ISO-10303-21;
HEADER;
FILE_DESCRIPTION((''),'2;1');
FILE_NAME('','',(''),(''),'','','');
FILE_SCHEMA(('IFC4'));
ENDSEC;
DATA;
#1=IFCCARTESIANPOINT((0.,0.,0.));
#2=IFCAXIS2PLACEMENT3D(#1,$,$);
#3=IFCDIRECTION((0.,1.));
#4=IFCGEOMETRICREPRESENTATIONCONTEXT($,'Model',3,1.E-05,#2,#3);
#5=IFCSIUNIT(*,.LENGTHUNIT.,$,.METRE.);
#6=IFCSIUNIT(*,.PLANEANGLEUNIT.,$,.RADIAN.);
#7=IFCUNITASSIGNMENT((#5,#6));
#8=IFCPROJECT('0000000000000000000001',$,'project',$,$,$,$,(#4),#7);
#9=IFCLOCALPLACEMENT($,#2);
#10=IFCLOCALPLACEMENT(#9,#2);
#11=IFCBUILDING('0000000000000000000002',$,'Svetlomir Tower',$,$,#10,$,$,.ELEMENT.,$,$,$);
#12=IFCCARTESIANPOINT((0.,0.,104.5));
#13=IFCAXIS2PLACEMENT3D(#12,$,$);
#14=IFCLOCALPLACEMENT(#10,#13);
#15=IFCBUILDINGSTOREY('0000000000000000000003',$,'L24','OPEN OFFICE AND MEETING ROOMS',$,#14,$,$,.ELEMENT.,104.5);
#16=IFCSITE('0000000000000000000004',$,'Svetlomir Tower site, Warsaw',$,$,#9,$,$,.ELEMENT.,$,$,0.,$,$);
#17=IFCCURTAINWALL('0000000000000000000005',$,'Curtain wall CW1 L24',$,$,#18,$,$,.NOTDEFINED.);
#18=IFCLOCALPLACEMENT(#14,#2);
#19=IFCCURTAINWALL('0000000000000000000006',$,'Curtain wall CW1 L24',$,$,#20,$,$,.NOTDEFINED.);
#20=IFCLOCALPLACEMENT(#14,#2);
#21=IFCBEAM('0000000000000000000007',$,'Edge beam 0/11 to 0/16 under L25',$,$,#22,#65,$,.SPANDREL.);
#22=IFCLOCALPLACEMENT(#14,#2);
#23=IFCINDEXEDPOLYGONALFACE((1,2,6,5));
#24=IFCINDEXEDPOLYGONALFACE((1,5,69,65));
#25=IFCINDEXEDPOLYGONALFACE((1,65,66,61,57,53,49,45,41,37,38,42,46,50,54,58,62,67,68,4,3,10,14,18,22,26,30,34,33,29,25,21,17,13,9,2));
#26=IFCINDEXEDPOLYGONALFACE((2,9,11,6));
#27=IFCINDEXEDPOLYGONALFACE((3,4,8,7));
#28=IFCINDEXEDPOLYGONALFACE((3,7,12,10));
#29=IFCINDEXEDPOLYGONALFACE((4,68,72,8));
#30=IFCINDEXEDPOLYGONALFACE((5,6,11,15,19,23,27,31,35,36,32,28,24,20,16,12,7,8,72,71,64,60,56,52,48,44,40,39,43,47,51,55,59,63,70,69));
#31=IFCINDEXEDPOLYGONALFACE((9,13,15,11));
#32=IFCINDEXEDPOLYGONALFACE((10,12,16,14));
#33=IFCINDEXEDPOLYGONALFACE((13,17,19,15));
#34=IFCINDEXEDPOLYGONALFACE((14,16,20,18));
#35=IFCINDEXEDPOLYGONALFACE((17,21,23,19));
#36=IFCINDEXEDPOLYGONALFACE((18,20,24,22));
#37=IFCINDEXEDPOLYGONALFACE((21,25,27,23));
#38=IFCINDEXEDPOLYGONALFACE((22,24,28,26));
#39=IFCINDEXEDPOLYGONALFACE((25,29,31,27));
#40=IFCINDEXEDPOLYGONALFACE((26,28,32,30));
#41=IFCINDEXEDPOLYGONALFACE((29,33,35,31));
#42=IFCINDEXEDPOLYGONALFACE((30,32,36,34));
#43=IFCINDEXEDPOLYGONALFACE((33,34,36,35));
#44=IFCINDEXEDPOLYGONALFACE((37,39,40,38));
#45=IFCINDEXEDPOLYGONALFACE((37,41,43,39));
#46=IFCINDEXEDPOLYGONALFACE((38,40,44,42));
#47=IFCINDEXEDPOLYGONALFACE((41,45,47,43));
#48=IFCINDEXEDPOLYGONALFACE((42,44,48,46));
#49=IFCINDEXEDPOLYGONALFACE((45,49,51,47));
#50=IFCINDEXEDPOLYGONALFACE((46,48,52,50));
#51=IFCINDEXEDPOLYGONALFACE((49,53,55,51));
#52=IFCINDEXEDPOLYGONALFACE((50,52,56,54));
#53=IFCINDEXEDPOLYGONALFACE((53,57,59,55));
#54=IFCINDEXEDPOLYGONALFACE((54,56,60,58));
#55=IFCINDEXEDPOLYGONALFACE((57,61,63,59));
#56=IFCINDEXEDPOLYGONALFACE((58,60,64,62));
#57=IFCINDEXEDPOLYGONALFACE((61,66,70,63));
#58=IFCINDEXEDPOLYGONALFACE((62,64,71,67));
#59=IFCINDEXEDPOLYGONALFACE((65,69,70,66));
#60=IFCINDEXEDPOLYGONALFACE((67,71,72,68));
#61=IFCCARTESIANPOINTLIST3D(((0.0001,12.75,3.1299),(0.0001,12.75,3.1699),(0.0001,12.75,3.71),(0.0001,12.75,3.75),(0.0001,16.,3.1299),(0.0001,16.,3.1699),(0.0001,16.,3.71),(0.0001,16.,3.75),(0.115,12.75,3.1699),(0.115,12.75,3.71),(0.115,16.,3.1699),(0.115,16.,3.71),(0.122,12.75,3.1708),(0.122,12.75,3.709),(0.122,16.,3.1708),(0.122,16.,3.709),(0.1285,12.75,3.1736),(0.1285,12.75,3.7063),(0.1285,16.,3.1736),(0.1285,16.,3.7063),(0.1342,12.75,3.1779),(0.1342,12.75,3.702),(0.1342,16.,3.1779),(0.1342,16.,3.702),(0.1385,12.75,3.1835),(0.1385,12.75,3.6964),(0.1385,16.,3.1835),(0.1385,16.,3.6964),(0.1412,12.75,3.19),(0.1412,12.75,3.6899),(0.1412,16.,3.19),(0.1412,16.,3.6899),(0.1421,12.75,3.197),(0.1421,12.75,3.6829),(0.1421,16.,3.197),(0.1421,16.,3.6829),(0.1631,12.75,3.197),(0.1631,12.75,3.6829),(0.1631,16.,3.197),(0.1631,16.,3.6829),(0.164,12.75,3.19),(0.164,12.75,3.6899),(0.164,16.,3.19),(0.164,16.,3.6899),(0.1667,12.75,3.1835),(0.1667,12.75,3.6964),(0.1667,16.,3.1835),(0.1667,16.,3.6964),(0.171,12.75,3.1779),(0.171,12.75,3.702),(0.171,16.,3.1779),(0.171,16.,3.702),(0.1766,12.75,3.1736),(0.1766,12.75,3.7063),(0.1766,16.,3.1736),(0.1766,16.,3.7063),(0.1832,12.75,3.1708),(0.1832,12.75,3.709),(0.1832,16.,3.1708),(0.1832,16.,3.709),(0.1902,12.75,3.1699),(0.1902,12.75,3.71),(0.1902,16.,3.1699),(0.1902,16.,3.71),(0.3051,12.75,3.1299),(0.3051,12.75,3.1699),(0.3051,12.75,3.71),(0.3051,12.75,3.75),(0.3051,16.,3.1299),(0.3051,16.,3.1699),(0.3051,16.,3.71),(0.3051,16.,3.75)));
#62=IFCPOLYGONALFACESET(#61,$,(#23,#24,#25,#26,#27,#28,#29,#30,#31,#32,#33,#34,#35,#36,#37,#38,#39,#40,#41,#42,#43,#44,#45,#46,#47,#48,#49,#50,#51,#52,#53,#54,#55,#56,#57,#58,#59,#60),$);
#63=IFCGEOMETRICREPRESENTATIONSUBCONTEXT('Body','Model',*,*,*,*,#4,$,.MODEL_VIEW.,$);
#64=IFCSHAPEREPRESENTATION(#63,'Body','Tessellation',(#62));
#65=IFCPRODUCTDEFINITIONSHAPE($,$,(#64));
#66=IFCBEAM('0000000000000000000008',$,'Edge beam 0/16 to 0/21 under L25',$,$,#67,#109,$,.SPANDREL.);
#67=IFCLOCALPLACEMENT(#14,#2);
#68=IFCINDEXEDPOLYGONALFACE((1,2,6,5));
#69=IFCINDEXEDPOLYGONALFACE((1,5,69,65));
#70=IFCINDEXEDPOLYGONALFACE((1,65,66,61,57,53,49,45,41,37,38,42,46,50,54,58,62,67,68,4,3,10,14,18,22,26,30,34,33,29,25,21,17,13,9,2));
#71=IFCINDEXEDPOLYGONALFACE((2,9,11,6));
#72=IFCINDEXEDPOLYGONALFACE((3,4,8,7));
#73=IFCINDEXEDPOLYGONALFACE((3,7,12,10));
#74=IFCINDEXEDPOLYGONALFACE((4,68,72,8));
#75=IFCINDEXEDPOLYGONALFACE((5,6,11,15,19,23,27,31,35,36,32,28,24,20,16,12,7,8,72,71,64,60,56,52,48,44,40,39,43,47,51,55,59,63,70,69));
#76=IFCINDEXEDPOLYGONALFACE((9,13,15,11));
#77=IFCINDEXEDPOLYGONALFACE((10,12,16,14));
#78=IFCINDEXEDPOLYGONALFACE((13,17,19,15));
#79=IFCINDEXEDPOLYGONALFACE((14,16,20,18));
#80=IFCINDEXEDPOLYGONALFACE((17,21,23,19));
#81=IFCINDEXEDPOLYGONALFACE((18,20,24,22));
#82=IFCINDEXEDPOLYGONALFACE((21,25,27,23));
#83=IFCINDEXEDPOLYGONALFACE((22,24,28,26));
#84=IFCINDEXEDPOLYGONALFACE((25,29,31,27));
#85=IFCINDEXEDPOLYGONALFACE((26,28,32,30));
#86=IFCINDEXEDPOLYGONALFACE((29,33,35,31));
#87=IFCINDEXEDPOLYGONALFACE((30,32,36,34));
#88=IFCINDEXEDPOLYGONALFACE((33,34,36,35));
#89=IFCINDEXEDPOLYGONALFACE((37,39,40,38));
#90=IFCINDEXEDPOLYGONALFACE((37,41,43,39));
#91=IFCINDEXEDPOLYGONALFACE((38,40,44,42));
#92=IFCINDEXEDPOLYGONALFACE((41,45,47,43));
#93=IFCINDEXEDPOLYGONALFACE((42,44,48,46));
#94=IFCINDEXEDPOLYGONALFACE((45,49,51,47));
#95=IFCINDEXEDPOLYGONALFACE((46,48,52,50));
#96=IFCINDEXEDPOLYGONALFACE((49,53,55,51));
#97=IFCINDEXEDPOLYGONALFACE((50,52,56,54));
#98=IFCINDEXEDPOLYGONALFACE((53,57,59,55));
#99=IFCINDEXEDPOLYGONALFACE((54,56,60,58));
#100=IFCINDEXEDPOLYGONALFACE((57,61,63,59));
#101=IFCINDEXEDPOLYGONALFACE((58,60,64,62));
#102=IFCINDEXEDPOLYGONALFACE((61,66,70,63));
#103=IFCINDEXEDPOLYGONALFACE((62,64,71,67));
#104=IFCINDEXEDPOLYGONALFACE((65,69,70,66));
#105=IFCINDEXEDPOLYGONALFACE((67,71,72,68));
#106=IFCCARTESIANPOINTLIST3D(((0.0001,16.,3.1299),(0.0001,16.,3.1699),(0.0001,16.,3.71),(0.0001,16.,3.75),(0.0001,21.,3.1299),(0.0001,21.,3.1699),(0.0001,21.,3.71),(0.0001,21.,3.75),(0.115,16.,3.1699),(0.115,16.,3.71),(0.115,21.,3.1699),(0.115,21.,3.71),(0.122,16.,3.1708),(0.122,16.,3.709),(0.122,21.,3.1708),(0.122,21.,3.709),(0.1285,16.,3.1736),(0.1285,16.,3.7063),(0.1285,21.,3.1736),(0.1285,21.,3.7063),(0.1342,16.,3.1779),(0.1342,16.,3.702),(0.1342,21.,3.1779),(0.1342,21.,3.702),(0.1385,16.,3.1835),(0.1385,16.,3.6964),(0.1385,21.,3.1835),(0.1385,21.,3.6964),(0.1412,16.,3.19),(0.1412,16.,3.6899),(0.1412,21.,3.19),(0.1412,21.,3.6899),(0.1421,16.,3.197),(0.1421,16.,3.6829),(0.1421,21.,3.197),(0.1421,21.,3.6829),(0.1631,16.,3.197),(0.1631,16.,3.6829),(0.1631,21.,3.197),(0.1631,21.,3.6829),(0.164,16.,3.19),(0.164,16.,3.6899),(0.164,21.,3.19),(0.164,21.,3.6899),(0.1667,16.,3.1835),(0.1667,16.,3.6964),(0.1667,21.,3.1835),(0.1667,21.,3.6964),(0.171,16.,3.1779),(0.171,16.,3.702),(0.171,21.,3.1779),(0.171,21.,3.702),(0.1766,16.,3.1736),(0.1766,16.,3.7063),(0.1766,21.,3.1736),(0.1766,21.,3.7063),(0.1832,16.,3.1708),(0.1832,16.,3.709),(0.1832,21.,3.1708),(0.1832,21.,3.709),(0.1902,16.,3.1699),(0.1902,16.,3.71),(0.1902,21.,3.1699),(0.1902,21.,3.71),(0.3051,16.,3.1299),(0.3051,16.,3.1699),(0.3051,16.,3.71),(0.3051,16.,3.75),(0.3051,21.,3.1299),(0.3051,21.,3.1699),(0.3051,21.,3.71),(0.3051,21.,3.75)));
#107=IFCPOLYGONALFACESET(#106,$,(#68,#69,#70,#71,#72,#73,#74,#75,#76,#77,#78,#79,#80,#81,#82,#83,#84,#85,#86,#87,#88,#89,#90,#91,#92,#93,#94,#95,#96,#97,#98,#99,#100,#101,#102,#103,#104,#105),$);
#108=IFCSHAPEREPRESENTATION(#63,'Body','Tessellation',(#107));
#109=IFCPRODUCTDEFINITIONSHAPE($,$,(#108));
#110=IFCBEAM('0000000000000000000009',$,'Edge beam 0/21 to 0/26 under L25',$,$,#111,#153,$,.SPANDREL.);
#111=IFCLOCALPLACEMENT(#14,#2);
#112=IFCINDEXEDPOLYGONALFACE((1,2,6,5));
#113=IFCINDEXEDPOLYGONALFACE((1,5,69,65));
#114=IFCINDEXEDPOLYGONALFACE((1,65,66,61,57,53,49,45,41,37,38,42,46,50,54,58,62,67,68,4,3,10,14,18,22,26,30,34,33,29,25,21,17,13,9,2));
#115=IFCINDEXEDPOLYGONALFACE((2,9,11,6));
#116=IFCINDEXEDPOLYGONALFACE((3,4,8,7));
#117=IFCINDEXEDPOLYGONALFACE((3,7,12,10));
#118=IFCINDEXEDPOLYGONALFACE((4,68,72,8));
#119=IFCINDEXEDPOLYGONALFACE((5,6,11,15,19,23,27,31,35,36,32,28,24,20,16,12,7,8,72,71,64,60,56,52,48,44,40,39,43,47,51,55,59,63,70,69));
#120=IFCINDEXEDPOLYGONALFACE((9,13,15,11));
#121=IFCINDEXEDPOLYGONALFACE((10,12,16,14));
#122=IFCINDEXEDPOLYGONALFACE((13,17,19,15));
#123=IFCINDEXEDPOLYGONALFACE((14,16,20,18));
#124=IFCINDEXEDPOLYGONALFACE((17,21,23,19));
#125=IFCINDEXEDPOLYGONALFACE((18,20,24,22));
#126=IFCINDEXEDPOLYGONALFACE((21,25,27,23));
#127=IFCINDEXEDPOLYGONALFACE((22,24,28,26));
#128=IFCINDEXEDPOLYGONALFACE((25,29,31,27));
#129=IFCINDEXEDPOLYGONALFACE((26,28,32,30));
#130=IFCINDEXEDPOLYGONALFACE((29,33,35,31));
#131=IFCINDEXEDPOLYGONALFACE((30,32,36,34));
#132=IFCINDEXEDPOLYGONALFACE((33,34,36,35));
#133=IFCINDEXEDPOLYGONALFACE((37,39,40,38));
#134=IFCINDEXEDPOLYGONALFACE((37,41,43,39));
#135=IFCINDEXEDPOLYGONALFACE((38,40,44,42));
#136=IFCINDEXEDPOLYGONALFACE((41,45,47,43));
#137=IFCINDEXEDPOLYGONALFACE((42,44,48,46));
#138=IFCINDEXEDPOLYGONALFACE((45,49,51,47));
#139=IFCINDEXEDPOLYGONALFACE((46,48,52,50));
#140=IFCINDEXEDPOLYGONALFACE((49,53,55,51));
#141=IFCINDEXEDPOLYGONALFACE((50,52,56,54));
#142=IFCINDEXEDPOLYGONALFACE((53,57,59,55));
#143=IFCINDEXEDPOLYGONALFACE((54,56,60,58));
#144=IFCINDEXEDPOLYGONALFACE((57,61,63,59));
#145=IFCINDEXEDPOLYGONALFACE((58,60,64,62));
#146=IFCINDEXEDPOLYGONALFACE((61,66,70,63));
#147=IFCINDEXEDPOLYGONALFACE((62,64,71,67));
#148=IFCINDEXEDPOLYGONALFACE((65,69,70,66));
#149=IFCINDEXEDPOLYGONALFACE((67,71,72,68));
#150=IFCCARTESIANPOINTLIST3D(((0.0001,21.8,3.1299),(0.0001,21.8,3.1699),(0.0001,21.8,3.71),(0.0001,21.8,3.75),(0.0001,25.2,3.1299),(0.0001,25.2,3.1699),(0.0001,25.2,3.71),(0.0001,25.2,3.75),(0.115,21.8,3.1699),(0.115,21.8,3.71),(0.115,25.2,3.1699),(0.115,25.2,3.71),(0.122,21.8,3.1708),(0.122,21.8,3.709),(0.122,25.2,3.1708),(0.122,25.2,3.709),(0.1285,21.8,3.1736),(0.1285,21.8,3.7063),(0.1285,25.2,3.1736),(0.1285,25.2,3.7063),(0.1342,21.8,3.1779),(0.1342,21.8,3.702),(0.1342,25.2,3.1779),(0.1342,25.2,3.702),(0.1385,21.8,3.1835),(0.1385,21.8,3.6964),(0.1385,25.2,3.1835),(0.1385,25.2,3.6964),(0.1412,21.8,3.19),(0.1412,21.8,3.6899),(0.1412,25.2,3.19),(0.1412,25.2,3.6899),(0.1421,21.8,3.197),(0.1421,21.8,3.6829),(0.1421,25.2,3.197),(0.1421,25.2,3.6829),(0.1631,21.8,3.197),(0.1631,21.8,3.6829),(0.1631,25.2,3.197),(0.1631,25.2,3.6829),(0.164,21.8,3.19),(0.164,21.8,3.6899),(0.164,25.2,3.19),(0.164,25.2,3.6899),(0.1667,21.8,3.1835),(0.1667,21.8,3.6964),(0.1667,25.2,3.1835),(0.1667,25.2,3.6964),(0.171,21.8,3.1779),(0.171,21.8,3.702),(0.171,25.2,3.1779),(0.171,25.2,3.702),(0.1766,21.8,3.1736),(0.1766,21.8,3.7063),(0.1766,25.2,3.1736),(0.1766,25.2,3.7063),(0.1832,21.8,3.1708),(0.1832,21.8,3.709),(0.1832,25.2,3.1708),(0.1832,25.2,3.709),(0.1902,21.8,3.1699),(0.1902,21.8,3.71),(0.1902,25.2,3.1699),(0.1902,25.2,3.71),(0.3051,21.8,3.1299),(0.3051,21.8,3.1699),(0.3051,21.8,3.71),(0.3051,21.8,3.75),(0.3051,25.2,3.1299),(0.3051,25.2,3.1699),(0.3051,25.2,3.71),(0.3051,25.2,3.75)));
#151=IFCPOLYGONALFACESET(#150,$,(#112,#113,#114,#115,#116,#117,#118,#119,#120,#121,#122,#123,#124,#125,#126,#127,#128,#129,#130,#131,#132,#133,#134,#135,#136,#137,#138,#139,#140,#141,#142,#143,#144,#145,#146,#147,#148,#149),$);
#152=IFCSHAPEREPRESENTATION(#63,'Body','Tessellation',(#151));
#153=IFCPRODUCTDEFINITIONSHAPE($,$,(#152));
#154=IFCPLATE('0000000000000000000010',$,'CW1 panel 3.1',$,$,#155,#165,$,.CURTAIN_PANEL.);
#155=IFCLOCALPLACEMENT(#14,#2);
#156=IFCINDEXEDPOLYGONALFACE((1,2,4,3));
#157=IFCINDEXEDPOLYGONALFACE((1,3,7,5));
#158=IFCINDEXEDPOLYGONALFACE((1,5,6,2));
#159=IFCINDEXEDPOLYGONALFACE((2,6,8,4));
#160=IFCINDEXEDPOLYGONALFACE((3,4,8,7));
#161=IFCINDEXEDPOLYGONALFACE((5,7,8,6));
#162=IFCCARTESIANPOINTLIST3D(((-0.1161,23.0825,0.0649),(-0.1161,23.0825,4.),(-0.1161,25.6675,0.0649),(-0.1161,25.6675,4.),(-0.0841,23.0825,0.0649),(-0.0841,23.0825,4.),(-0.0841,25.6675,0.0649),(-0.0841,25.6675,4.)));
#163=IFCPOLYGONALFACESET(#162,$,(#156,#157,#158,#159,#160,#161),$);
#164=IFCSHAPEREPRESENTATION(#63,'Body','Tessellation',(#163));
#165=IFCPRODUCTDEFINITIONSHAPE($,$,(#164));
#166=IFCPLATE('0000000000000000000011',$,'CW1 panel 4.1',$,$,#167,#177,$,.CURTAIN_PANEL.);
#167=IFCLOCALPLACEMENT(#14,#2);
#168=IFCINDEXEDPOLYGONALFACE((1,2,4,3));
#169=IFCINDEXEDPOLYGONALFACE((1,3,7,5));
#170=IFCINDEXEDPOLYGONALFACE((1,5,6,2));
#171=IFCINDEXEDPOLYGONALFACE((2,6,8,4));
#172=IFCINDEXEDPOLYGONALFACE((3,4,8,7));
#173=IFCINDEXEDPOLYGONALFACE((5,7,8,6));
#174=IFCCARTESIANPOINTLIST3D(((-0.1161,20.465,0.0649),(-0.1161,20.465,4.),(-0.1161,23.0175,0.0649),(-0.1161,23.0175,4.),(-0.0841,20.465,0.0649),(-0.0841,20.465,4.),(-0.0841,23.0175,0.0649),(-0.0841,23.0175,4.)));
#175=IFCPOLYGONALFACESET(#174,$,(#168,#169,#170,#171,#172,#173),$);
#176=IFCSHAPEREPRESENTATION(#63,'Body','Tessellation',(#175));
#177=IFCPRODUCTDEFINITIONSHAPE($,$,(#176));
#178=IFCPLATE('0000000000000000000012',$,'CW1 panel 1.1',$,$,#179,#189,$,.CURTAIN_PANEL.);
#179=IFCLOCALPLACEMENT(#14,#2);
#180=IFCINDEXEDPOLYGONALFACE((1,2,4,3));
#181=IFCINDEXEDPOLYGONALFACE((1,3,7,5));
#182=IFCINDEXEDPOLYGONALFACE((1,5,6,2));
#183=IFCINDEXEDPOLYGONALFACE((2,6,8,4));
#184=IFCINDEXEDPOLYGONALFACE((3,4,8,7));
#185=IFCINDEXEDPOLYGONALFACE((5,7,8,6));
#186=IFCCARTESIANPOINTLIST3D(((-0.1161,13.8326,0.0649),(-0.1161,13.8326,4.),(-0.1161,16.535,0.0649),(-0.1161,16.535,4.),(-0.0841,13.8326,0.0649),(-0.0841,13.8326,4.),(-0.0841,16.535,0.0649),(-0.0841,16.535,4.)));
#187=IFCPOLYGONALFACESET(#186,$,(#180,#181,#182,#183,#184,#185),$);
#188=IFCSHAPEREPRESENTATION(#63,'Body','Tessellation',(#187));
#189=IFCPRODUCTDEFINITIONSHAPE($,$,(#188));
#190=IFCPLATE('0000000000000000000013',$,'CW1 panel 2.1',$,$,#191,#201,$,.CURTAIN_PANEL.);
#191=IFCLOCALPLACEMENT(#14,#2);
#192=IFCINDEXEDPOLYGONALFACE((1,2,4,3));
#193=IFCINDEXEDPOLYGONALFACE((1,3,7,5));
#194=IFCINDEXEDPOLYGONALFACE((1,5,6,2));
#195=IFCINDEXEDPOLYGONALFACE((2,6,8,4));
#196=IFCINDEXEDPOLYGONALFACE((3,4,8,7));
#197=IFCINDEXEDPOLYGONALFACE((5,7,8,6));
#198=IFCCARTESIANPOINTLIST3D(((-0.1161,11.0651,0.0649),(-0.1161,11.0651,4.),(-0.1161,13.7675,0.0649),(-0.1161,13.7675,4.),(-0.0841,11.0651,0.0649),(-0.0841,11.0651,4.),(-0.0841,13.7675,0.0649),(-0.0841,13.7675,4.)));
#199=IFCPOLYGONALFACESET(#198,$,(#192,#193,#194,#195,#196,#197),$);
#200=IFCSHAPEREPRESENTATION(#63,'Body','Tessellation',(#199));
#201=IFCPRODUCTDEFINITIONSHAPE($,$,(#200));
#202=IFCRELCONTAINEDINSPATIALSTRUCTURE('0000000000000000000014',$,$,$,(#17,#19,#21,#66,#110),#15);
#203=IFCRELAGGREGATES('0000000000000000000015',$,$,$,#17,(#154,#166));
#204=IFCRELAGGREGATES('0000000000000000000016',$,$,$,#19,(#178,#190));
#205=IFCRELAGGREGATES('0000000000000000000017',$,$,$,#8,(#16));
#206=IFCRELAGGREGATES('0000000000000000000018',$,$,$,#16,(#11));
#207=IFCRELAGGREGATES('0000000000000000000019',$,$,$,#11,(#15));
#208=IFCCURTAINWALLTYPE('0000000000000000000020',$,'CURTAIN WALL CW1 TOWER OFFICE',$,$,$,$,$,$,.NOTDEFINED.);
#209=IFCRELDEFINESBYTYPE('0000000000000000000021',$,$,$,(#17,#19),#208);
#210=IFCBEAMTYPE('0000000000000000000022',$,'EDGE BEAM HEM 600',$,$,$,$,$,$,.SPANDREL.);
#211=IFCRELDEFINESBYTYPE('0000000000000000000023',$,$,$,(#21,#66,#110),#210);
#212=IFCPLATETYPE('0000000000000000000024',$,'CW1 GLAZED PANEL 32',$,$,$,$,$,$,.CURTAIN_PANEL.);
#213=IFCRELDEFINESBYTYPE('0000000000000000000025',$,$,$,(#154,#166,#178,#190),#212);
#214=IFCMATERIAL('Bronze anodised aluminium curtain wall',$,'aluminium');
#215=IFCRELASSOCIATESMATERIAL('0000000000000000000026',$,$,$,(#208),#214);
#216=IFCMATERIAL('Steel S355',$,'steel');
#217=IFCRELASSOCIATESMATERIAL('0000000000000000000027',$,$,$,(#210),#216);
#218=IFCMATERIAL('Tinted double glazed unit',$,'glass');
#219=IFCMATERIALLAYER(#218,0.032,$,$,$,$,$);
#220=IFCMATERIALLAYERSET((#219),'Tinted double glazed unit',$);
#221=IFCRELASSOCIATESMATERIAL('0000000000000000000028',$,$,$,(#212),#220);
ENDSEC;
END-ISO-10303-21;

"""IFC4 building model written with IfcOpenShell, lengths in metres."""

from ifc_helpers import new_model, si_unit, direction, frame, origin, origin_2d, place, context, subcontext, project, spatial, rectangle, i_section, extrude, material, layer, layer_set, material_profile, profile_set, type_object, element, aggregate, save


model = new_model("IFC4")

# Units and contexts
model_context = context("Model", 3, precision=1e-05, world=origin(), true_north=direction((0.0, 1.0)))
body_context = subcontext(model_context, "Body", "Model", "MODEL_VIEW")
ifc_project = project(units=[si_unit("LENGTHUNIT", "METRE"), si_unit("PLANEANGLEUNIT", "RADIAN")], contexts=[model_context])

# Site, building, storey
site_placement = place(None, origin())
site = spatial("IfcSite", under=ifc_project, at=site_placement, Name="Svetlomir Tower site, Warsaw", CompositionType="ELEMENT", RefElevation=0.0)
building_placement = place(site_placement, origin())
building = spatial("IfcBuilding", under=site, at=building_placement, Name="Svetlomir Tower", CompositionType="ELEMENT")
storey_placement = place(building_placement, frame((0.0, 0.0, 104.5)))
storey = spatial("IfcBuildingStorey", under=building, at=storey_placement, Name="L24", Description="OPEN OFFICE AND MEETING ROOMS", CompositionType="ELEMENT", Elevation=104.5)

# Curtain walls
ifc_material_1 = material(Name="Bronze anodised aluminium curtain wall", Category="aluminium")
curtain_wall_type = type_object("IfcCurtainWallType", Name="CURTAIN WALL CW1 TOWER OFFICE", PredefinedType="NOTDEFINED", material=ifc_material_1)
curtain_wall_1_placement = place(storey_placement, origin())
curtain_wall_1 = element("IfcCurtainWall", 1, at=curtain_wall_1_placement, inside=storey, type_object=curtain_wall_type, Name="Curtain wall CW1 L24", PredefinedType="NOTDEFINED")
curtain_wall_2_placement = place(storey_placement, origin())
curtain_wall_2 = element("IfcCurtainWall", 2, at=curtain_wall_2_placement, inside=storey, type_object=curtain_wall_type, Name="Curtain wall CW1 L24", PredefinedType="NOTDEFINED")

# Beams
ifc_material_2 = material(Name="Steel S355", Category="steel")
ifc_material_profile_1 = material_profile(ifc_material_2, i_section(OverallWidth=0.3049, OverallDepth=0.6201, WebThickness=0.021, FlangeThickness=0.04, FilletRadius=0.0271, at=origin_2d()), Name="HEM 600")
ifc_profile_set_1 = profile_set([ifc_material_profile_1], Name="Steel S355")
beam_type_1 = type_object("IfcBeamType", Name="EDGE BEAM HEM 600", PredefinedType="SPANDREL", material=ifc_profile_set_1)
beam_1_placement = place(storey_placement, frame((0.1526, 12.75, 3.4399), z_axis=(0.0, 1.0, 0.0), x_axis=(-1.0, 0.0, 0.0)))
element("IfcBeam", 3, at=beam_1_placement, inside=storey, type_object=beam_type_1, Name="Edge beam 0/11 to 0/16 under L25", PredefinedType="SPANDREL", context=body_context, shape_type="SweptSolid", body=[
    extrude(i_section(OverallWidth=0.3049, OverallDepth=0.6201, WebThickness=0.021, FlangeThickness=0.04, FilletRadius=0.0271, at=origin_2d()), origin(), (0.0, 0.0, 1.0), 3.25),
])
beam_2_placement = place(storey_placement, frame((0.1526, 16.0, 3.4399), z_axis=(0.0, 1.0, 0.0), x_axis=(-1.0, 0.0, 0.0)))
element("IfcBeam", 4, at=beam_2_placement, inside=storey, type_object=beam_type_1, Name="Edge beam 0/16 to 0/21 under L25", PredefinedType="SPANDREL", context=body_context, shape_type="SweptSolid", body=[
    extrude(i_section(OverallWidth=0.3049, OverallDepth=0.6201, WebThickness=0.021, FlangeThickness=0.04, FilletRadius=0.0271, at=origin_2d()), origin(), (0.0, 0.0, 1.0), 5.0),
])
beam_3_placement = place(storey_placement, frame((0.1526, 21.8, 3.4399), z_axis=(0.0, 1.0, 0.0), x_axis=(-1.0, 0.0, 0.0)))
element("IfcBeam", 5, at=beam_3_placement, inside=storey, type_object=beam_type_1, Name="Edge beam 0/21 to 0/26 under L25", PredefinedType="SPANDREL", context=body_context, shape_type="SweptSolid", body=[
    extrude(i_section(OverallWidth=0.3049, OverallDepth=0.6201, WebThickness=0.021, FlangeThickness=0.04, FilletRadius=0.0271, at=origin_2d()), origin(), (0.0, 0.0, 1.0), 3.3999),
])

# Plates
ifc_material_3 = material(Name="Tinted double glazed unit", Category="glass")
ifc_layer_1 = layer(ifc_material_3, 0.032)
ifc_layer_set_1 = layer_set([ifc_layer_1], Name="Tinted double glazed unit")
plate_type = type_object("IfcPlateType", Name="CW1 GLAZED PANEL 32", PredefinedType="CURTAIN_PANEL", material=ifc_layer_set_1)
plate_1_placement = place(storey_placement, frame((-0.1001, 24.375, 0.0649), z_axis=(0.0, 0.0, 1.0), x_axis=(0.0, -1.0, 0.0)))
plate_1 = element("IfcPlate", 6, at=plate_1_placement, type_object=plate_type, Name="CW1 panel 3.1", PredefinedType="CURTAIN_PANEL", context=body_context, shape_type="SweptSolid", body=[
    extrude(rectangle(XDim=2.585, YDim=0.032, at=origin_2d()), origin(), (0.0, 0.0, 1.0), 3.9351),
])
plate_2_placement = place(storey_placement, frame((-0.1001, 21.7412, 0.0649), z_axis=(0.0, 0.0, 1.0), x_axis=(0.0, -1.0, 0.0)))
plate_2 = element("IfcPlate", 7, at=plate_2_placement, type_object=plate_type, Name="CW1 panel 4.1", PredefinedType="CURTAIN_PANEL", context=body_context, shape_type="SweptSolid", body=[
    extrude(rectangle(XDim=2.5525, YDim=0.032, at=origin_2d()), origin(), (0.0, 0.0, 1.0), 3.9351),
])
aggregate(curtain_wall_1, [plate_1, plate_2])
plate_3_placement = place(storey_placement, frame((-0.1001, 15.1838, 0.0649), z_axis=(0.0, 0.0, 1.0), x_axis=(0.0, -1.0, 0.0)))
plate_3 = element("IfcPlate", 8, at=plate_3_placement, type_object=plate_type, Name="CW1 panel 1.1", PredefinedType="CURTAIN_PANEL", context=body_context, shape_type="SweptSolid", body=[
    extrude(rectangle(XDim=2.7024, YDim=0.032, at=origin_2d()), origin(), (0.0, 0.0, 1.0), 3.9351),
])
plate_4_placement = place(storey_placement, frame((-0.1001, 12.4163, 0.0649), z_axis=(0.0, 0.0, 1.0), x_axis=(0.0, -1.0, 0.0)))
plate_4 = element("IfcPlate", 9, at=plate_4_placement, type_object=plate_type, Name="CW1 panel 2.1", PredefinedType="CURTAIN_PANEL", context=body_context, shape_type="SweptSolid", body=[
    extrude(rectangle(XDim=2.7024, YDim=0.032, at=origin_2d()), origin(), (0.0, 0.0, 1.0), 3.9351),
])
aggregate(curtain_wall_2, [plate_3, plate_4])

save(model, "model.ifc")
